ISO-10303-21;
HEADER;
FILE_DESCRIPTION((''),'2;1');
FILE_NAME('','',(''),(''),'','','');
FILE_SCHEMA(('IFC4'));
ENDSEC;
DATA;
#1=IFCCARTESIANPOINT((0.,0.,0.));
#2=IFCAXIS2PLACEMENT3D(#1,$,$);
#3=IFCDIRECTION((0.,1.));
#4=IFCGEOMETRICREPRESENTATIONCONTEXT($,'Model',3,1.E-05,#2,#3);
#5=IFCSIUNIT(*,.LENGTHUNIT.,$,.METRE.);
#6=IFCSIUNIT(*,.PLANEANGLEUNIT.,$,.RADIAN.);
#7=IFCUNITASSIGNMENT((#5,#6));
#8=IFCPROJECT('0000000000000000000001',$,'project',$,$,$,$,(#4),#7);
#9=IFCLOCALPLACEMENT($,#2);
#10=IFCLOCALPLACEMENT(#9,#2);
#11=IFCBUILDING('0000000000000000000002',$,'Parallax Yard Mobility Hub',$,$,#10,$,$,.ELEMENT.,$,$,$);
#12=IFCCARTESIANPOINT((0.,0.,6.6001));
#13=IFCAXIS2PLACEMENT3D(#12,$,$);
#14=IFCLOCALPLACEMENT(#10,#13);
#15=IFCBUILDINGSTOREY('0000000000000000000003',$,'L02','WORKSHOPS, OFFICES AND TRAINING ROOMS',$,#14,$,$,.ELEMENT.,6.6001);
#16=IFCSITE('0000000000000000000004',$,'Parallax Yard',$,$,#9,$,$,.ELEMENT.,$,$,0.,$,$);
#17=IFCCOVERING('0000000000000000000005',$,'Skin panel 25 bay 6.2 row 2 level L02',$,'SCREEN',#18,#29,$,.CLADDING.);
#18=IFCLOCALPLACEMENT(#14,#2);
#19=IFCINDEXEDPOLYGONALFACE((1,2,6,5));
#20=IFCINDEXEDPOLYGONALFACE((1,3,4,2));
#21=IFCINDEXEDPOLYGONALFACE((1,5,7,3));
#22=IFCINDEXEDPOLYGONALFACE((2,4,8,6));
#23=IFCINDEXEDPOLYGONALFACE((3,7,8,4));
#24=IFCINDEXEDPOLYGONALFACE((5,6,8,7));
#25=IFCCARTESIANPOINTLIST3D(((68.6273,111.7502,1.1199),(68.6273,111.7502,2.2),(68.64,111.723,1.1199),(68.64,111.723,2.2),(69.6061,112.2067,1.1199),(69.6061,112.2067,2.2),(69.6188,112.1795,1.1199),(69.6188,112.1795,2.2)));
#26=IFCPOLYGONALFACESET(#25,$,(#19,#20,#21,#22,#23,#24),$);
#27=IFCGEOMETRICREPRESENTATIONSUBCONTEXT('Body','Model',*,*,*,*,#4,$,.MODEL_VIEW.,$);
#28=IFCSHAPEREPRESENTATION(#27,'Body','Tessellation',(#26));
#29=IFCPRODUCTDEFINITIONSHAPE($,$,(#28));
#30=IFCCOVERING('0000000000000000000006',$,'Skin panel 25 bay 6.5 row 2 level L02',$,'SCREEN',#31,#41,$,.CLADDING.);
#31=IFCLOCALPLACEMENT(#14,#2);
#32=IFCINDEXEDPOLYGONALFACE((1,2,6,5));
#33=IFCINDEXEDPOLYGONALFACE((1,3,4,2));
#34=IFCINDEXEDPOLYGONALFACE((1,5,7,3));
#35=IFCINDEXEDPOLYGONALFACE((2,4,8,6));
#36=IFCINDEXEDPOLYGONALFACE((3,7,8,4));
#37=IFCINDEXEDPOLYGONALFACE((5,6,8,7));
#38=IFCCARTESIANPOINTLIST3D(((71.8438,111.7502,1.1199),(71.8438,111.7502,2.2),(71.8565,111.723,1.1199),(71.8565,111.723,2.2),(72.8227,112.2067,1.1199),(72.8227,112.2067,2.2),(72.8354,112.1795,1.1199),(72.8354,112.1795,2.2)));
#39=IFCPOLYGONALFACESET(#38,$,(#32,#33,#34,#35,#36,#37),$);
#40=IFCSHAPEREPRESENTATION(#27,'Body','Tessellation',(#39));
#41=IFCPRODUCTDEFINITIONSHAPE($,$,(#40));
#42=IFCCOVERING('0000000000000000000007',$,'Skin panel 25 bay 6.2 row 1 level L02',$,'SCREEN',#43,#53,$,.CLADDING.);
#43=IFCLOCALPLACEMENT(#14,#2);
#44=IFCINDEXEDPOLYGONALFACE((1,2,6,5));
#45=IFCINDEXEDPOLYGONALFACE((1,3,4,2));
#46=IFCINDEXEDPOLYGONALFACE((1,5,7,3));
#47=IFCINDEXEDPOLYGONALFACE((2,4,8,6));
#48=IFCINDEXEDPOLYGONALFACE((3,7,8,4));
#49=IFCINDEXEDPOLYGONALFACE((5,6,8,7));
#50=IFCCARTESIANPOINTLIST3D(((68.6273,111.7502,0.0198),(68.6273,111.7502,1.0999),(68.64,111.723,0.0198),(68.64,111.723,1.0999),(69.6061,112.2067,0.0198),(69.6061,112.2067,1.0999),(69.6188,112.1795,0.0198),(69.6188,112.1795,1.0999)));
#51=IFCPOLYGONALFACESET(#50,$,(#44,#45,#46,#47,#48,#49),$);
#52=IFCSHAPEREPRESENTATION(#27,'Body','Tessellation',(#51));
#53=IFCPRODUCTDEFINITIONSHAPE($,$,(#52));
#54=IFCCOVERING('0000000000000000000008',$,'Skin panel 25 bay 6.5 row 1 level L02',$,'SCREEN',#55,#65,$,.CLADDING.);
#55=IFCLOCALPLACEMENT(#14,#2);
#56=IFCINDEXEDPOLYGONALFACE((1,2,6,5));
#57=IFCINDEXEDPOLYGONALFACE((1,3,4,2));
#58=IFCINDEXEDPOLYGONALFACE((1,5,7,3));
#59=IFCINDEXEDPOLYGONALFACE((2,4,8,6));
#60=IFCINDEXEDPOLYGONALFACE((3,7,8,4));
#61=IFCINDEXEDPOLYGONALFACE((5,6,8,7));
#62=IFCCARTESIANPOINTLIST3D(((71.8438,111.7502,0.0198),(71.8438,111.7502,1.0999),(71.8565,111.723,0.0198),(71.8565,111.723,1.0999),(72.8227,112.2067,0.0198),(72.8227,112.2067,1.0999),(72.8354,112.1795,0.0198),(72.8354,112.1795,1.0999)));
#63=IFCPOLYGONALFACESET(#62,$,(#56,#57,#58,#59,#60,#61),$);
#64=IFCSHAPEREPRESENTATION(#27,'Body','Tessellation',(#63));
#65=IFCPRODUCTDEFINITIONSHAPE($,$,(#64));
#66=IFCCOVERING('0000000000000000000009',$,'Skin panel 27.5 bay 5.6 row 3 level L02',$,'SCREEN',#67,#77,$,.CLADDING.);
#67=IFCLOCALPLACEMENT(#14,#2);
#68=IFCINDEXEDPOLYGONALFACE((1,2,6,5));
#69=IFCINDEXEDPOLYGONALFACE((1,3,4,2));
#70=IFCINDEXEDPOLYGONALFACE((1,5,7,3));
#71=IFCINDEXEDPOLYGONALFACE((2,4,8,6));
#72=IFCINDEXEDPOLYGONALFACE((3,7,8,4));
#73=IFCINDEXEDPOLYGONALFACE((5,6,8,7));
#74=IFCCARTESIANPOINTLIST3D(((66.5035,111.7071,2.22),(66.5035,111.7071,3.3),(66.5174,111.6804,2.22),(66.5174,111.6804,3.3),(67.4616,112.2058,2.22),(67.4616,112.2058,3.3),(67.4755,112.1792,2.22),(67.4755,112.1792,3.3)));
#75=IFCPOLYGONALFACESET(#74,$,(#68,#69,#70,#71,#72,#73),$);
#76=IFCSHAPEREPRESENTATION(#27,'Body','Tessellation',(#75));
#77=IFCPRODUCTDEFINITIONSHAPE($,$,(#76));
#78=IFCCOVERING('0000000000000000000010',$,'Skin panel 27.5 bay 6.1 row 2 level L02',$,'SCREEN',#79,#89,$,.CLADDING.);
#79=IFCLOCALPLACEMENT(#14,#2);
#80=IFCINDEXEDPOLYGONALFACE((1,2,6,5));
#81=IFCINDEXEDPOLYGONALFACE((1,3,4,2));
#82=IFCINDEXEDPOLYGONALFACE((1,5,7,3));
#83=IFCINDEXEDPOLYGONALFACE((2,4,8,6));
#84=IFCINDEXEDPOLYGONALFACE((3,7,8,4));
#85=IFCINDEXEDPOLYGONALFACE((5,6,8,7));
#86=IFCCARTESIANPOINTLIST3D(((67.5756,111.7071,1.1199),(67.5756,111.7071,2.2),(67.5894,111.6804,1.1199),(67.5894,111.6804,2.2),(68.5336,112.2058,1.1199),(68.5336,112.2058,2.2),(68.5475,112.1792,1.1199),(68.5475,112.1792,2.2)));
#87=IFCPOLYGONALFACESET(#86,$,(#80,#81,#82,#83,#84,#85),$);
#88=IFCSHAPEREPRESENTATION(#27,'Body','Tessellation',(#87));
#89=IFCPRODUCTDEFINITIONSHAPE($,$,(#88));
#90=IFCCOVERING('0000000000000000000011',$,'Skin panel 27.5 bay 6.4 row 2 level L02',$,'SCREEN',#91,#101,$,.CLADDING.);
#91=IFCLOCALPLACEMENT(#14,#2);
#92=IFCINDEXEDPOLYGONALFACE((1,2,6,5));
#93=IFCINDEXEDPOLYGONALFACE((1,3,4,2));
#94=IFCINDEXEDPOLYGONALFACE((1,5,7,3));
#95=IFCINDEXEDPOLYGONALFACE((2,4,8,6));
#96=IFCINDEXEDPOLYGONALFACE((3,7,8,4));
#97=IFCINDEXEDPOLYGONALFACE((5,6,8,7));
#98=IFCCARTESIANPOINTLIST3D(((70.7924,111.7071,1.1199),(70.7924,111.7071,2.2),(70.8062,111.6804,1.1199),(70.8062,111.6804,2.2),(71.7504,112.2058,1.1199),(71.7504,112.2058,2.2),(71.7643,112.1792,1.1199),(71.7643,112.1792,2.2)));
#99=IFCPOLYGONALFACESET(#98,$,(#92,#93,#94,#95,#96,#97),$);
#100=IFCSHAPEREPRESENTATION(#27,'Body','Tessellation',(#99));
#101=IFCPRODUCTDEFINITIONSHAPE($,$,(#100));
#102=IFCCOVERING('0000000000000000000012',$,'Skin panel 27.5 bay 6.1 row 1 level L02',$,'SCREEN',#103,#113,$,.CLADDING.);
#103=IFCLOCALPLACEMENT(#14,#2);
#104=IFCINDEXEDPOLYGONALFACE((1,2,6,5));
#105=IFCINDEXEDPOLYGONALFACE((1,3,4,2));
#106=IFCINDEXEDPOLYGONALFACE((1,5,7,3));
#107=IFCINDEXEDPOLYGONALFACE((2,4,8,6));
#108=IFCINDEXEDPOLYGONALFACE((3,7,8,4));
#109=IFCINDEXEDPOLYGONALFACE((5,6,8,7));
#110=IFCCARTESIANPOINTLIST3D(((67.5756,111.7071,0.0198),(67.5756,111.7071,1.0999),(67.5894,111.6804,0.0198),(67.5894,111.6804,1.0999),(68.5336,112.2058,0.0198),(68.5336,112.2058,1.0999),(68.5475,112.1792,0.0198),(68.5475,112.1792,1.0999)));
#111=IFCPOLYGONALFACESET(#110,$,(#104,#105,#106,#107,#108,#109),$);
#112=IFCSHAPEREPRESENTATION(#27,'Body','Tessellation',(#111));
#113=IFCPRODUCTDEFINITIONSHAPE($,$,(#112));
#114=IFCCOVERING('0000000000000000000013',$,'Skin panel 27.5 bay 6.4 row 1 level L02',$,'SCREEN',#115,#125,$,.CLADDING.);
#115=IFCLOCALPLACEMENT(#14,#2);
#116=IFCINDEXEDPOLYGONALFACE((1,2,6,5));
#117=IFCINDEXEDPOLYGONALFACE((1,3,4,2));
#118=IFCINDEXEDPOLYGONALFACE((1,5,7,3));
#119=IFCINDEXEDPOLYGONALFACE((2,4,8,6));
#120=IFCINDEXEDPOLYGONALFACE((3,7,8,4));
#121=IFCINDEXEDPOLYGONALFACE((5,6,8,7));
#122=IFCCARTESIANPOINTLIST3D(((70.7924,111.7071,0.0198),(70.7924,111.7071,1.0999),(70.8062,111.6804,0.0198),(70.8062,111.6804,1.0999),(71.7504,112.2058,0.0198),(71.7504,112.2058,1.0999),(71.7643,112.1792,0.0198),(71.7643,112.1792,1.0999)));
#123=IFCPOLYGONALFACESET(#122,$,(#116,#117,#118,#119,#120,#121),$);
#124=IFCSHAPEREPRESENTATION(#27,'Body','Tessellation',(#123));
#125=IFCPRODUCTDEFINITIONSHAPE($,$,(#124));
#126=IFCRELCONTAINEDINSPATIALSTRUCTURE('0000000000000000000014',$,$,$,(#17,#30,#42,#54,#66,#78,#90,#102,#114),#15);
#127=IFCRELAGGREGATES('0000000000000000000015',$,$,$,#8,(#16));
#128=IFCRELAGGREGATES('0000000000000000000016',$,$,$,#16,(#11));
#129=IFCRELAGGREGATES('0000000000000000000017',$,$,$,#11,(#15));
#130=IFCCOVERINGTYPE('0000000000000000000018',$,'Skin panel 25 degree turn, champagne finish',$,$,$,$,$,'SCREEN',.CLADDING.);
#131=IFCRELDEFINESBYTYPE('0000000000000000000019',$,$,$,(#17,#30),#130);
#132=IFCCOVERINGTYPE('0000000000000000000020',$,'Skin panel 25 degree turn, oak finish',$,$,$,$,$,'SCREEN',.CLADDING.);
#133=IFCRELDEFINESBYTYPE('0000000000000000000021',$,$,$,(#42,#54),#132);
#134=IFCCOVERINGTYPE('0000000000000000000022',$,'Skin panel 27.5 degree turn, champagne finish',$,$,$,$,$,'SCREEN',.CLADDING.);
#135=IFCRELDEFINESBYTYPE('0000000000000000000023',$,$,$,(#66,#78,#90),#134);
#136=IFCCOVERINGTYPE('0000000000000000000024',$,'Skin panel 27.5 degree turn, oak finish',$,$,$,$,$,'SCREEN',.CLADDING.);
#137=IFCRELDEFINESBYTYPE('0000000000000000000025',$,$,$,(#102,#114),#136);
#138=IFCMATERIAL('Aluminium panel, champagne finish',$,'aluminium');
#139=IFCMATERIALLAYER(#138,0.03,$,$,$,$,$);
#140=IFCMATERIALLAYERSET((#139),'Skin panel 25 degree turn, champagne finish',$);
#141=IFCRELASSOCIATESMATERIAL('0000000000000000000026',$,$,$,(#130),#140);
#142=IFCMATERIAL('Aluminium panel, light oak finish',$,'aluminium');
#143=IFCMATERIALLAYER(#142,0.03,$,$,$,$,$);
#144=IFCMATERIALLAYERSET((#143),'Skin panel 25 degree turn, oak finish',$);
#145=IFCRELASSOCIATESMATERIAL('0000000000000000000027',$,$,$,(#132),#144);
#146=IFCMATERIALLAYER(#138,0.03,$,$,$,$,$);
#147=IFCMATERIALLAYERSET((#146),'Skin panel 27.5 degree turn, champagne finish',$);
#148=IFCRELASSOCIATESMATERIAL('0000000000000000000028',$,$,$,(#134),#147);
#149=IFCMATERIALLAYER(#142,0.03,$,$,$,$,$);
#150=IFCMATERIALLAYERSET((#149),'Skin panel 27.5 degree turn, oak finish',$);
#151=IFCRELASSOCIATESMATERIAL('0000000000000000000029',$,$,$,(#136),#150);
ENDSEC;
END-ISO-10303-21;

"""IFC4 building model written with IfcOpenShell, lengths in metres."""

from ifc_helpers import new_model, si_unit, direction, frame, origin, origin_2d, place, context, subcontext, project, spatial, rectangle, extrude, material, layer, layer_set, type_object, element, save


model = new_model("IFC4")

# Units and contexts
model_context = context("Model", 3, precision=1e-05, world=origin(), true_north=direction((0.0, 1.0)))
body_context = subcontext(model_context, "Body", "Model", "MODEL_VIEW")
ifc_project = project(units=[si_unit("LENGTHUNIT", "METRE"), si_unit("PLANEANGLEUNIT", "RADIAN")], contexts=[model_context])

# Site, building, storey
site_placement = place(None, origin())
site = spatial("IfcSite", under=ifc_project, at=site_placement, Name="Parallax Yard", CompositionType="ELEMENT", RefElevation=0.0)
building_placement = place(site_placement, origin())
building = spatial("IfcBuilding", under=site, at=building_placement, Name="Parallax Yard Mobility Hub", CompositionType="ELEMENT")
storey_placement = place(building_placement, frame((0.0, 0.0, 6.6001)))
storey = spatial("IfcBuildingStorey", under=building, at=storey_placement, Name="L02", Description="WORKSHOPS, OFFICES AND TRAINING ROOMS", CompositionType="ELEMENT", Elevation=6.6001)

# Coverings
ifc_material_1 = material(Name="Aluminium panel, champagne finish", Category="aluminium")
ifc_material_2 = material(Name="Aluminium panel, light oak finish", Category="aluminium")
ifc_layer_1 = layer(ifc_material_1, 0.03)
ifc_layer_set_1 = layer_set([ifc_layer_1], Name="Skin panel 25 degree turn, champagne finish")
covering_type_1 = type_object("IfcCoveringType", Name="Skin panel 25 degree turn, champagne finish", ElementType="SCREEN", PredefinedType="CLADDING", material=ifc_layer_set_1)
for number, where, z_axis, x_axis, name in (
    (1, (69.123, 111.9648, 1.1199), (0.0, 0.0, 1.0), (-0.906308, -0.422618, 0.0), "Skin panel 25 bay 6.2 row 2 level L02"),
    (2, (72.3396, 111.9648, 1.1199), (0.0, 0.0, 1.0), (-0.906308, -0.422618, 0.0), "Skin panel 25 bay 6.5 row 2 level L02"),
):
    element("IfcCovering", number, at=place(storey_placement, frame(where, z_axis=z_axis, x_axis=x_axis)), inside=storey, type_object=covering_type_1, Name=name, ObjectType="SCREEN", PredefinedType="CLADDING", context=body_context, shape_type="SweptSolid", body=[
        extrude(rectangle(XDim=1.0801, YDim=0.03, at=origin_2d()), origin(), (0.0, 0.0, 1.0), 1.0801),
    ])
ifc_layer_2 = layer(ifc_material_2, 0.03)
ifc_layer_set_2 = layer_set([ifc_layer_2], Name="Skin panel 25 degree turn, oak finish")
covering_type_2 = type_object("IfcCoveringType", Name="Skin panel 25 degree turn, oak finish", ElementType="SCREEN", PredefinedType="CLADDING", material=ifc_layer_set_2)
for number, where, z_axis, x_axis, name in (
    (3, (69.123, 111.9648, 0.0198), (0.0, 0.0, 1.0), (-0.906308, -0.422618, 0.0), "Skin panel 25 bay 6.2 row 1 level L02"),
    (4, (72.3396, 111.9648, 0.0198), (0.0, 0.0, 1.0), (-0.906308, -0.422618, 0.0), "Skin panel 25 bay 6.5 row 1 level L02"),
):
    element("IfcCovering", number, at=place(storey_placement, frame(where, z_axis=z_axis, x_axis=x_axis)), inside=storey, type_object=covering_type_2, Name=name, ObjectType="SCREEN", PredefinedType="CLADDING", context=body_context, shape_type="SweptSolid", body=[
        extrude(rectangle(XDim=1.0801, YDim=0.03, at=origin_2d()), origin(), (0.0, 0.0, 1.0), 1.0801),
    ])
ifc_layer_3 = layer(ifc_material_1, 0.03)
ifc_layer_set_3 = layer_set([ifc_layer_3], Name="Skin panel 27.5 degree turn, champagne finish")
covering_type_3 = type_object("IfcCoveringType", Name="Skin panel 27.5 degree turn, champagne finish", ElementType="SCREEN", PredefinedType="CLADDING", material=ifc_layer_set_3)
for number, where, z_axis, x_axis, name in (
    (5, (66.9895, 111.9431, 2.22), (0.0, 0.0, 1.0), (-0.887011, -0.461749, 0.0), "Skin panel 27.5 bay 5.6 row 3 level L02"),
    (6, (68.0615, 111.9431, 1.1199), (0.0, 0.0, 1.0), (-0.887011, -0.461749, 0.0), "Skin panel 27.5 bay 6.1 row 2 level L02"),
    (7, (71.2783, 111.9431, 1.1199), (0.0, 0.0, 1.0), (-0.887011, -0.461749, 0.0), "Skin panel 27.5 bay 6.4 row 2 level L02"),
):
    element("IfcCovering", number, at=place(storey_placement, frame(where, z_axis=z_axis, x_axis=x_axis)), inside=storey, type_object=covering_type_3, Name=name, ObjectType="SCREEN", PredefinedType="CLADDING", context=body_context, shape_type="SweptSolid", body=[
        extrude(rectangle(XDim=1.0801, YDim=0.03, at=origin_2d()), origin(), (0.0, 0.0, 1.0), 1.0801),
    ])
ifc_layer_4 = layer(ifc_material_2, 0.03)
ifc_layer_set_4 = layer_set([ifc_layer_4], Name="Skin panel 27.5 degree turn, oak finish")
covering_type_4 = type_object("IfcCoveringType", Name="Skin panel 27.5 degree turn, oak finish", ElementType="SCREEN", PredefinedType="CLADDING", material=ifc_layer_set_4)
for number, where, z_axis, x_axis, name in (
    (8, (68.0615, 111.9431, 0.0198), (0.0, 0.0, 1.0), (-0.887011, -0.461749, 0.0), "Skin panel 27.5 bay 6.1 row 1 level L02"),
    (9, (71.2783, 111.9431, 0.0198), (0.0, 0.0, 1.0), (-0.887011, -0.461749, 0.0), "Skin panel 27.5 bay 6.4 row 1 level L02"),
):
    element("IfcCovering", number, at=place(storey_placement, frame(where, z_axis=z_axis, x_axis=x_axis)), inside=storey, type_object=covering_type_4, Name=name, ObjectType="SCREEN", PredefinedType="CLADDING", context=body_context, shape_type="SweptSolid", body=[
        extrude(rectangle(XDim=1.0801, YDim=0.03, at=origin_2d()), origin(), (0.0, 0.0, 1.0), 1.0801),
    ])

save(model, "model.ifc")
